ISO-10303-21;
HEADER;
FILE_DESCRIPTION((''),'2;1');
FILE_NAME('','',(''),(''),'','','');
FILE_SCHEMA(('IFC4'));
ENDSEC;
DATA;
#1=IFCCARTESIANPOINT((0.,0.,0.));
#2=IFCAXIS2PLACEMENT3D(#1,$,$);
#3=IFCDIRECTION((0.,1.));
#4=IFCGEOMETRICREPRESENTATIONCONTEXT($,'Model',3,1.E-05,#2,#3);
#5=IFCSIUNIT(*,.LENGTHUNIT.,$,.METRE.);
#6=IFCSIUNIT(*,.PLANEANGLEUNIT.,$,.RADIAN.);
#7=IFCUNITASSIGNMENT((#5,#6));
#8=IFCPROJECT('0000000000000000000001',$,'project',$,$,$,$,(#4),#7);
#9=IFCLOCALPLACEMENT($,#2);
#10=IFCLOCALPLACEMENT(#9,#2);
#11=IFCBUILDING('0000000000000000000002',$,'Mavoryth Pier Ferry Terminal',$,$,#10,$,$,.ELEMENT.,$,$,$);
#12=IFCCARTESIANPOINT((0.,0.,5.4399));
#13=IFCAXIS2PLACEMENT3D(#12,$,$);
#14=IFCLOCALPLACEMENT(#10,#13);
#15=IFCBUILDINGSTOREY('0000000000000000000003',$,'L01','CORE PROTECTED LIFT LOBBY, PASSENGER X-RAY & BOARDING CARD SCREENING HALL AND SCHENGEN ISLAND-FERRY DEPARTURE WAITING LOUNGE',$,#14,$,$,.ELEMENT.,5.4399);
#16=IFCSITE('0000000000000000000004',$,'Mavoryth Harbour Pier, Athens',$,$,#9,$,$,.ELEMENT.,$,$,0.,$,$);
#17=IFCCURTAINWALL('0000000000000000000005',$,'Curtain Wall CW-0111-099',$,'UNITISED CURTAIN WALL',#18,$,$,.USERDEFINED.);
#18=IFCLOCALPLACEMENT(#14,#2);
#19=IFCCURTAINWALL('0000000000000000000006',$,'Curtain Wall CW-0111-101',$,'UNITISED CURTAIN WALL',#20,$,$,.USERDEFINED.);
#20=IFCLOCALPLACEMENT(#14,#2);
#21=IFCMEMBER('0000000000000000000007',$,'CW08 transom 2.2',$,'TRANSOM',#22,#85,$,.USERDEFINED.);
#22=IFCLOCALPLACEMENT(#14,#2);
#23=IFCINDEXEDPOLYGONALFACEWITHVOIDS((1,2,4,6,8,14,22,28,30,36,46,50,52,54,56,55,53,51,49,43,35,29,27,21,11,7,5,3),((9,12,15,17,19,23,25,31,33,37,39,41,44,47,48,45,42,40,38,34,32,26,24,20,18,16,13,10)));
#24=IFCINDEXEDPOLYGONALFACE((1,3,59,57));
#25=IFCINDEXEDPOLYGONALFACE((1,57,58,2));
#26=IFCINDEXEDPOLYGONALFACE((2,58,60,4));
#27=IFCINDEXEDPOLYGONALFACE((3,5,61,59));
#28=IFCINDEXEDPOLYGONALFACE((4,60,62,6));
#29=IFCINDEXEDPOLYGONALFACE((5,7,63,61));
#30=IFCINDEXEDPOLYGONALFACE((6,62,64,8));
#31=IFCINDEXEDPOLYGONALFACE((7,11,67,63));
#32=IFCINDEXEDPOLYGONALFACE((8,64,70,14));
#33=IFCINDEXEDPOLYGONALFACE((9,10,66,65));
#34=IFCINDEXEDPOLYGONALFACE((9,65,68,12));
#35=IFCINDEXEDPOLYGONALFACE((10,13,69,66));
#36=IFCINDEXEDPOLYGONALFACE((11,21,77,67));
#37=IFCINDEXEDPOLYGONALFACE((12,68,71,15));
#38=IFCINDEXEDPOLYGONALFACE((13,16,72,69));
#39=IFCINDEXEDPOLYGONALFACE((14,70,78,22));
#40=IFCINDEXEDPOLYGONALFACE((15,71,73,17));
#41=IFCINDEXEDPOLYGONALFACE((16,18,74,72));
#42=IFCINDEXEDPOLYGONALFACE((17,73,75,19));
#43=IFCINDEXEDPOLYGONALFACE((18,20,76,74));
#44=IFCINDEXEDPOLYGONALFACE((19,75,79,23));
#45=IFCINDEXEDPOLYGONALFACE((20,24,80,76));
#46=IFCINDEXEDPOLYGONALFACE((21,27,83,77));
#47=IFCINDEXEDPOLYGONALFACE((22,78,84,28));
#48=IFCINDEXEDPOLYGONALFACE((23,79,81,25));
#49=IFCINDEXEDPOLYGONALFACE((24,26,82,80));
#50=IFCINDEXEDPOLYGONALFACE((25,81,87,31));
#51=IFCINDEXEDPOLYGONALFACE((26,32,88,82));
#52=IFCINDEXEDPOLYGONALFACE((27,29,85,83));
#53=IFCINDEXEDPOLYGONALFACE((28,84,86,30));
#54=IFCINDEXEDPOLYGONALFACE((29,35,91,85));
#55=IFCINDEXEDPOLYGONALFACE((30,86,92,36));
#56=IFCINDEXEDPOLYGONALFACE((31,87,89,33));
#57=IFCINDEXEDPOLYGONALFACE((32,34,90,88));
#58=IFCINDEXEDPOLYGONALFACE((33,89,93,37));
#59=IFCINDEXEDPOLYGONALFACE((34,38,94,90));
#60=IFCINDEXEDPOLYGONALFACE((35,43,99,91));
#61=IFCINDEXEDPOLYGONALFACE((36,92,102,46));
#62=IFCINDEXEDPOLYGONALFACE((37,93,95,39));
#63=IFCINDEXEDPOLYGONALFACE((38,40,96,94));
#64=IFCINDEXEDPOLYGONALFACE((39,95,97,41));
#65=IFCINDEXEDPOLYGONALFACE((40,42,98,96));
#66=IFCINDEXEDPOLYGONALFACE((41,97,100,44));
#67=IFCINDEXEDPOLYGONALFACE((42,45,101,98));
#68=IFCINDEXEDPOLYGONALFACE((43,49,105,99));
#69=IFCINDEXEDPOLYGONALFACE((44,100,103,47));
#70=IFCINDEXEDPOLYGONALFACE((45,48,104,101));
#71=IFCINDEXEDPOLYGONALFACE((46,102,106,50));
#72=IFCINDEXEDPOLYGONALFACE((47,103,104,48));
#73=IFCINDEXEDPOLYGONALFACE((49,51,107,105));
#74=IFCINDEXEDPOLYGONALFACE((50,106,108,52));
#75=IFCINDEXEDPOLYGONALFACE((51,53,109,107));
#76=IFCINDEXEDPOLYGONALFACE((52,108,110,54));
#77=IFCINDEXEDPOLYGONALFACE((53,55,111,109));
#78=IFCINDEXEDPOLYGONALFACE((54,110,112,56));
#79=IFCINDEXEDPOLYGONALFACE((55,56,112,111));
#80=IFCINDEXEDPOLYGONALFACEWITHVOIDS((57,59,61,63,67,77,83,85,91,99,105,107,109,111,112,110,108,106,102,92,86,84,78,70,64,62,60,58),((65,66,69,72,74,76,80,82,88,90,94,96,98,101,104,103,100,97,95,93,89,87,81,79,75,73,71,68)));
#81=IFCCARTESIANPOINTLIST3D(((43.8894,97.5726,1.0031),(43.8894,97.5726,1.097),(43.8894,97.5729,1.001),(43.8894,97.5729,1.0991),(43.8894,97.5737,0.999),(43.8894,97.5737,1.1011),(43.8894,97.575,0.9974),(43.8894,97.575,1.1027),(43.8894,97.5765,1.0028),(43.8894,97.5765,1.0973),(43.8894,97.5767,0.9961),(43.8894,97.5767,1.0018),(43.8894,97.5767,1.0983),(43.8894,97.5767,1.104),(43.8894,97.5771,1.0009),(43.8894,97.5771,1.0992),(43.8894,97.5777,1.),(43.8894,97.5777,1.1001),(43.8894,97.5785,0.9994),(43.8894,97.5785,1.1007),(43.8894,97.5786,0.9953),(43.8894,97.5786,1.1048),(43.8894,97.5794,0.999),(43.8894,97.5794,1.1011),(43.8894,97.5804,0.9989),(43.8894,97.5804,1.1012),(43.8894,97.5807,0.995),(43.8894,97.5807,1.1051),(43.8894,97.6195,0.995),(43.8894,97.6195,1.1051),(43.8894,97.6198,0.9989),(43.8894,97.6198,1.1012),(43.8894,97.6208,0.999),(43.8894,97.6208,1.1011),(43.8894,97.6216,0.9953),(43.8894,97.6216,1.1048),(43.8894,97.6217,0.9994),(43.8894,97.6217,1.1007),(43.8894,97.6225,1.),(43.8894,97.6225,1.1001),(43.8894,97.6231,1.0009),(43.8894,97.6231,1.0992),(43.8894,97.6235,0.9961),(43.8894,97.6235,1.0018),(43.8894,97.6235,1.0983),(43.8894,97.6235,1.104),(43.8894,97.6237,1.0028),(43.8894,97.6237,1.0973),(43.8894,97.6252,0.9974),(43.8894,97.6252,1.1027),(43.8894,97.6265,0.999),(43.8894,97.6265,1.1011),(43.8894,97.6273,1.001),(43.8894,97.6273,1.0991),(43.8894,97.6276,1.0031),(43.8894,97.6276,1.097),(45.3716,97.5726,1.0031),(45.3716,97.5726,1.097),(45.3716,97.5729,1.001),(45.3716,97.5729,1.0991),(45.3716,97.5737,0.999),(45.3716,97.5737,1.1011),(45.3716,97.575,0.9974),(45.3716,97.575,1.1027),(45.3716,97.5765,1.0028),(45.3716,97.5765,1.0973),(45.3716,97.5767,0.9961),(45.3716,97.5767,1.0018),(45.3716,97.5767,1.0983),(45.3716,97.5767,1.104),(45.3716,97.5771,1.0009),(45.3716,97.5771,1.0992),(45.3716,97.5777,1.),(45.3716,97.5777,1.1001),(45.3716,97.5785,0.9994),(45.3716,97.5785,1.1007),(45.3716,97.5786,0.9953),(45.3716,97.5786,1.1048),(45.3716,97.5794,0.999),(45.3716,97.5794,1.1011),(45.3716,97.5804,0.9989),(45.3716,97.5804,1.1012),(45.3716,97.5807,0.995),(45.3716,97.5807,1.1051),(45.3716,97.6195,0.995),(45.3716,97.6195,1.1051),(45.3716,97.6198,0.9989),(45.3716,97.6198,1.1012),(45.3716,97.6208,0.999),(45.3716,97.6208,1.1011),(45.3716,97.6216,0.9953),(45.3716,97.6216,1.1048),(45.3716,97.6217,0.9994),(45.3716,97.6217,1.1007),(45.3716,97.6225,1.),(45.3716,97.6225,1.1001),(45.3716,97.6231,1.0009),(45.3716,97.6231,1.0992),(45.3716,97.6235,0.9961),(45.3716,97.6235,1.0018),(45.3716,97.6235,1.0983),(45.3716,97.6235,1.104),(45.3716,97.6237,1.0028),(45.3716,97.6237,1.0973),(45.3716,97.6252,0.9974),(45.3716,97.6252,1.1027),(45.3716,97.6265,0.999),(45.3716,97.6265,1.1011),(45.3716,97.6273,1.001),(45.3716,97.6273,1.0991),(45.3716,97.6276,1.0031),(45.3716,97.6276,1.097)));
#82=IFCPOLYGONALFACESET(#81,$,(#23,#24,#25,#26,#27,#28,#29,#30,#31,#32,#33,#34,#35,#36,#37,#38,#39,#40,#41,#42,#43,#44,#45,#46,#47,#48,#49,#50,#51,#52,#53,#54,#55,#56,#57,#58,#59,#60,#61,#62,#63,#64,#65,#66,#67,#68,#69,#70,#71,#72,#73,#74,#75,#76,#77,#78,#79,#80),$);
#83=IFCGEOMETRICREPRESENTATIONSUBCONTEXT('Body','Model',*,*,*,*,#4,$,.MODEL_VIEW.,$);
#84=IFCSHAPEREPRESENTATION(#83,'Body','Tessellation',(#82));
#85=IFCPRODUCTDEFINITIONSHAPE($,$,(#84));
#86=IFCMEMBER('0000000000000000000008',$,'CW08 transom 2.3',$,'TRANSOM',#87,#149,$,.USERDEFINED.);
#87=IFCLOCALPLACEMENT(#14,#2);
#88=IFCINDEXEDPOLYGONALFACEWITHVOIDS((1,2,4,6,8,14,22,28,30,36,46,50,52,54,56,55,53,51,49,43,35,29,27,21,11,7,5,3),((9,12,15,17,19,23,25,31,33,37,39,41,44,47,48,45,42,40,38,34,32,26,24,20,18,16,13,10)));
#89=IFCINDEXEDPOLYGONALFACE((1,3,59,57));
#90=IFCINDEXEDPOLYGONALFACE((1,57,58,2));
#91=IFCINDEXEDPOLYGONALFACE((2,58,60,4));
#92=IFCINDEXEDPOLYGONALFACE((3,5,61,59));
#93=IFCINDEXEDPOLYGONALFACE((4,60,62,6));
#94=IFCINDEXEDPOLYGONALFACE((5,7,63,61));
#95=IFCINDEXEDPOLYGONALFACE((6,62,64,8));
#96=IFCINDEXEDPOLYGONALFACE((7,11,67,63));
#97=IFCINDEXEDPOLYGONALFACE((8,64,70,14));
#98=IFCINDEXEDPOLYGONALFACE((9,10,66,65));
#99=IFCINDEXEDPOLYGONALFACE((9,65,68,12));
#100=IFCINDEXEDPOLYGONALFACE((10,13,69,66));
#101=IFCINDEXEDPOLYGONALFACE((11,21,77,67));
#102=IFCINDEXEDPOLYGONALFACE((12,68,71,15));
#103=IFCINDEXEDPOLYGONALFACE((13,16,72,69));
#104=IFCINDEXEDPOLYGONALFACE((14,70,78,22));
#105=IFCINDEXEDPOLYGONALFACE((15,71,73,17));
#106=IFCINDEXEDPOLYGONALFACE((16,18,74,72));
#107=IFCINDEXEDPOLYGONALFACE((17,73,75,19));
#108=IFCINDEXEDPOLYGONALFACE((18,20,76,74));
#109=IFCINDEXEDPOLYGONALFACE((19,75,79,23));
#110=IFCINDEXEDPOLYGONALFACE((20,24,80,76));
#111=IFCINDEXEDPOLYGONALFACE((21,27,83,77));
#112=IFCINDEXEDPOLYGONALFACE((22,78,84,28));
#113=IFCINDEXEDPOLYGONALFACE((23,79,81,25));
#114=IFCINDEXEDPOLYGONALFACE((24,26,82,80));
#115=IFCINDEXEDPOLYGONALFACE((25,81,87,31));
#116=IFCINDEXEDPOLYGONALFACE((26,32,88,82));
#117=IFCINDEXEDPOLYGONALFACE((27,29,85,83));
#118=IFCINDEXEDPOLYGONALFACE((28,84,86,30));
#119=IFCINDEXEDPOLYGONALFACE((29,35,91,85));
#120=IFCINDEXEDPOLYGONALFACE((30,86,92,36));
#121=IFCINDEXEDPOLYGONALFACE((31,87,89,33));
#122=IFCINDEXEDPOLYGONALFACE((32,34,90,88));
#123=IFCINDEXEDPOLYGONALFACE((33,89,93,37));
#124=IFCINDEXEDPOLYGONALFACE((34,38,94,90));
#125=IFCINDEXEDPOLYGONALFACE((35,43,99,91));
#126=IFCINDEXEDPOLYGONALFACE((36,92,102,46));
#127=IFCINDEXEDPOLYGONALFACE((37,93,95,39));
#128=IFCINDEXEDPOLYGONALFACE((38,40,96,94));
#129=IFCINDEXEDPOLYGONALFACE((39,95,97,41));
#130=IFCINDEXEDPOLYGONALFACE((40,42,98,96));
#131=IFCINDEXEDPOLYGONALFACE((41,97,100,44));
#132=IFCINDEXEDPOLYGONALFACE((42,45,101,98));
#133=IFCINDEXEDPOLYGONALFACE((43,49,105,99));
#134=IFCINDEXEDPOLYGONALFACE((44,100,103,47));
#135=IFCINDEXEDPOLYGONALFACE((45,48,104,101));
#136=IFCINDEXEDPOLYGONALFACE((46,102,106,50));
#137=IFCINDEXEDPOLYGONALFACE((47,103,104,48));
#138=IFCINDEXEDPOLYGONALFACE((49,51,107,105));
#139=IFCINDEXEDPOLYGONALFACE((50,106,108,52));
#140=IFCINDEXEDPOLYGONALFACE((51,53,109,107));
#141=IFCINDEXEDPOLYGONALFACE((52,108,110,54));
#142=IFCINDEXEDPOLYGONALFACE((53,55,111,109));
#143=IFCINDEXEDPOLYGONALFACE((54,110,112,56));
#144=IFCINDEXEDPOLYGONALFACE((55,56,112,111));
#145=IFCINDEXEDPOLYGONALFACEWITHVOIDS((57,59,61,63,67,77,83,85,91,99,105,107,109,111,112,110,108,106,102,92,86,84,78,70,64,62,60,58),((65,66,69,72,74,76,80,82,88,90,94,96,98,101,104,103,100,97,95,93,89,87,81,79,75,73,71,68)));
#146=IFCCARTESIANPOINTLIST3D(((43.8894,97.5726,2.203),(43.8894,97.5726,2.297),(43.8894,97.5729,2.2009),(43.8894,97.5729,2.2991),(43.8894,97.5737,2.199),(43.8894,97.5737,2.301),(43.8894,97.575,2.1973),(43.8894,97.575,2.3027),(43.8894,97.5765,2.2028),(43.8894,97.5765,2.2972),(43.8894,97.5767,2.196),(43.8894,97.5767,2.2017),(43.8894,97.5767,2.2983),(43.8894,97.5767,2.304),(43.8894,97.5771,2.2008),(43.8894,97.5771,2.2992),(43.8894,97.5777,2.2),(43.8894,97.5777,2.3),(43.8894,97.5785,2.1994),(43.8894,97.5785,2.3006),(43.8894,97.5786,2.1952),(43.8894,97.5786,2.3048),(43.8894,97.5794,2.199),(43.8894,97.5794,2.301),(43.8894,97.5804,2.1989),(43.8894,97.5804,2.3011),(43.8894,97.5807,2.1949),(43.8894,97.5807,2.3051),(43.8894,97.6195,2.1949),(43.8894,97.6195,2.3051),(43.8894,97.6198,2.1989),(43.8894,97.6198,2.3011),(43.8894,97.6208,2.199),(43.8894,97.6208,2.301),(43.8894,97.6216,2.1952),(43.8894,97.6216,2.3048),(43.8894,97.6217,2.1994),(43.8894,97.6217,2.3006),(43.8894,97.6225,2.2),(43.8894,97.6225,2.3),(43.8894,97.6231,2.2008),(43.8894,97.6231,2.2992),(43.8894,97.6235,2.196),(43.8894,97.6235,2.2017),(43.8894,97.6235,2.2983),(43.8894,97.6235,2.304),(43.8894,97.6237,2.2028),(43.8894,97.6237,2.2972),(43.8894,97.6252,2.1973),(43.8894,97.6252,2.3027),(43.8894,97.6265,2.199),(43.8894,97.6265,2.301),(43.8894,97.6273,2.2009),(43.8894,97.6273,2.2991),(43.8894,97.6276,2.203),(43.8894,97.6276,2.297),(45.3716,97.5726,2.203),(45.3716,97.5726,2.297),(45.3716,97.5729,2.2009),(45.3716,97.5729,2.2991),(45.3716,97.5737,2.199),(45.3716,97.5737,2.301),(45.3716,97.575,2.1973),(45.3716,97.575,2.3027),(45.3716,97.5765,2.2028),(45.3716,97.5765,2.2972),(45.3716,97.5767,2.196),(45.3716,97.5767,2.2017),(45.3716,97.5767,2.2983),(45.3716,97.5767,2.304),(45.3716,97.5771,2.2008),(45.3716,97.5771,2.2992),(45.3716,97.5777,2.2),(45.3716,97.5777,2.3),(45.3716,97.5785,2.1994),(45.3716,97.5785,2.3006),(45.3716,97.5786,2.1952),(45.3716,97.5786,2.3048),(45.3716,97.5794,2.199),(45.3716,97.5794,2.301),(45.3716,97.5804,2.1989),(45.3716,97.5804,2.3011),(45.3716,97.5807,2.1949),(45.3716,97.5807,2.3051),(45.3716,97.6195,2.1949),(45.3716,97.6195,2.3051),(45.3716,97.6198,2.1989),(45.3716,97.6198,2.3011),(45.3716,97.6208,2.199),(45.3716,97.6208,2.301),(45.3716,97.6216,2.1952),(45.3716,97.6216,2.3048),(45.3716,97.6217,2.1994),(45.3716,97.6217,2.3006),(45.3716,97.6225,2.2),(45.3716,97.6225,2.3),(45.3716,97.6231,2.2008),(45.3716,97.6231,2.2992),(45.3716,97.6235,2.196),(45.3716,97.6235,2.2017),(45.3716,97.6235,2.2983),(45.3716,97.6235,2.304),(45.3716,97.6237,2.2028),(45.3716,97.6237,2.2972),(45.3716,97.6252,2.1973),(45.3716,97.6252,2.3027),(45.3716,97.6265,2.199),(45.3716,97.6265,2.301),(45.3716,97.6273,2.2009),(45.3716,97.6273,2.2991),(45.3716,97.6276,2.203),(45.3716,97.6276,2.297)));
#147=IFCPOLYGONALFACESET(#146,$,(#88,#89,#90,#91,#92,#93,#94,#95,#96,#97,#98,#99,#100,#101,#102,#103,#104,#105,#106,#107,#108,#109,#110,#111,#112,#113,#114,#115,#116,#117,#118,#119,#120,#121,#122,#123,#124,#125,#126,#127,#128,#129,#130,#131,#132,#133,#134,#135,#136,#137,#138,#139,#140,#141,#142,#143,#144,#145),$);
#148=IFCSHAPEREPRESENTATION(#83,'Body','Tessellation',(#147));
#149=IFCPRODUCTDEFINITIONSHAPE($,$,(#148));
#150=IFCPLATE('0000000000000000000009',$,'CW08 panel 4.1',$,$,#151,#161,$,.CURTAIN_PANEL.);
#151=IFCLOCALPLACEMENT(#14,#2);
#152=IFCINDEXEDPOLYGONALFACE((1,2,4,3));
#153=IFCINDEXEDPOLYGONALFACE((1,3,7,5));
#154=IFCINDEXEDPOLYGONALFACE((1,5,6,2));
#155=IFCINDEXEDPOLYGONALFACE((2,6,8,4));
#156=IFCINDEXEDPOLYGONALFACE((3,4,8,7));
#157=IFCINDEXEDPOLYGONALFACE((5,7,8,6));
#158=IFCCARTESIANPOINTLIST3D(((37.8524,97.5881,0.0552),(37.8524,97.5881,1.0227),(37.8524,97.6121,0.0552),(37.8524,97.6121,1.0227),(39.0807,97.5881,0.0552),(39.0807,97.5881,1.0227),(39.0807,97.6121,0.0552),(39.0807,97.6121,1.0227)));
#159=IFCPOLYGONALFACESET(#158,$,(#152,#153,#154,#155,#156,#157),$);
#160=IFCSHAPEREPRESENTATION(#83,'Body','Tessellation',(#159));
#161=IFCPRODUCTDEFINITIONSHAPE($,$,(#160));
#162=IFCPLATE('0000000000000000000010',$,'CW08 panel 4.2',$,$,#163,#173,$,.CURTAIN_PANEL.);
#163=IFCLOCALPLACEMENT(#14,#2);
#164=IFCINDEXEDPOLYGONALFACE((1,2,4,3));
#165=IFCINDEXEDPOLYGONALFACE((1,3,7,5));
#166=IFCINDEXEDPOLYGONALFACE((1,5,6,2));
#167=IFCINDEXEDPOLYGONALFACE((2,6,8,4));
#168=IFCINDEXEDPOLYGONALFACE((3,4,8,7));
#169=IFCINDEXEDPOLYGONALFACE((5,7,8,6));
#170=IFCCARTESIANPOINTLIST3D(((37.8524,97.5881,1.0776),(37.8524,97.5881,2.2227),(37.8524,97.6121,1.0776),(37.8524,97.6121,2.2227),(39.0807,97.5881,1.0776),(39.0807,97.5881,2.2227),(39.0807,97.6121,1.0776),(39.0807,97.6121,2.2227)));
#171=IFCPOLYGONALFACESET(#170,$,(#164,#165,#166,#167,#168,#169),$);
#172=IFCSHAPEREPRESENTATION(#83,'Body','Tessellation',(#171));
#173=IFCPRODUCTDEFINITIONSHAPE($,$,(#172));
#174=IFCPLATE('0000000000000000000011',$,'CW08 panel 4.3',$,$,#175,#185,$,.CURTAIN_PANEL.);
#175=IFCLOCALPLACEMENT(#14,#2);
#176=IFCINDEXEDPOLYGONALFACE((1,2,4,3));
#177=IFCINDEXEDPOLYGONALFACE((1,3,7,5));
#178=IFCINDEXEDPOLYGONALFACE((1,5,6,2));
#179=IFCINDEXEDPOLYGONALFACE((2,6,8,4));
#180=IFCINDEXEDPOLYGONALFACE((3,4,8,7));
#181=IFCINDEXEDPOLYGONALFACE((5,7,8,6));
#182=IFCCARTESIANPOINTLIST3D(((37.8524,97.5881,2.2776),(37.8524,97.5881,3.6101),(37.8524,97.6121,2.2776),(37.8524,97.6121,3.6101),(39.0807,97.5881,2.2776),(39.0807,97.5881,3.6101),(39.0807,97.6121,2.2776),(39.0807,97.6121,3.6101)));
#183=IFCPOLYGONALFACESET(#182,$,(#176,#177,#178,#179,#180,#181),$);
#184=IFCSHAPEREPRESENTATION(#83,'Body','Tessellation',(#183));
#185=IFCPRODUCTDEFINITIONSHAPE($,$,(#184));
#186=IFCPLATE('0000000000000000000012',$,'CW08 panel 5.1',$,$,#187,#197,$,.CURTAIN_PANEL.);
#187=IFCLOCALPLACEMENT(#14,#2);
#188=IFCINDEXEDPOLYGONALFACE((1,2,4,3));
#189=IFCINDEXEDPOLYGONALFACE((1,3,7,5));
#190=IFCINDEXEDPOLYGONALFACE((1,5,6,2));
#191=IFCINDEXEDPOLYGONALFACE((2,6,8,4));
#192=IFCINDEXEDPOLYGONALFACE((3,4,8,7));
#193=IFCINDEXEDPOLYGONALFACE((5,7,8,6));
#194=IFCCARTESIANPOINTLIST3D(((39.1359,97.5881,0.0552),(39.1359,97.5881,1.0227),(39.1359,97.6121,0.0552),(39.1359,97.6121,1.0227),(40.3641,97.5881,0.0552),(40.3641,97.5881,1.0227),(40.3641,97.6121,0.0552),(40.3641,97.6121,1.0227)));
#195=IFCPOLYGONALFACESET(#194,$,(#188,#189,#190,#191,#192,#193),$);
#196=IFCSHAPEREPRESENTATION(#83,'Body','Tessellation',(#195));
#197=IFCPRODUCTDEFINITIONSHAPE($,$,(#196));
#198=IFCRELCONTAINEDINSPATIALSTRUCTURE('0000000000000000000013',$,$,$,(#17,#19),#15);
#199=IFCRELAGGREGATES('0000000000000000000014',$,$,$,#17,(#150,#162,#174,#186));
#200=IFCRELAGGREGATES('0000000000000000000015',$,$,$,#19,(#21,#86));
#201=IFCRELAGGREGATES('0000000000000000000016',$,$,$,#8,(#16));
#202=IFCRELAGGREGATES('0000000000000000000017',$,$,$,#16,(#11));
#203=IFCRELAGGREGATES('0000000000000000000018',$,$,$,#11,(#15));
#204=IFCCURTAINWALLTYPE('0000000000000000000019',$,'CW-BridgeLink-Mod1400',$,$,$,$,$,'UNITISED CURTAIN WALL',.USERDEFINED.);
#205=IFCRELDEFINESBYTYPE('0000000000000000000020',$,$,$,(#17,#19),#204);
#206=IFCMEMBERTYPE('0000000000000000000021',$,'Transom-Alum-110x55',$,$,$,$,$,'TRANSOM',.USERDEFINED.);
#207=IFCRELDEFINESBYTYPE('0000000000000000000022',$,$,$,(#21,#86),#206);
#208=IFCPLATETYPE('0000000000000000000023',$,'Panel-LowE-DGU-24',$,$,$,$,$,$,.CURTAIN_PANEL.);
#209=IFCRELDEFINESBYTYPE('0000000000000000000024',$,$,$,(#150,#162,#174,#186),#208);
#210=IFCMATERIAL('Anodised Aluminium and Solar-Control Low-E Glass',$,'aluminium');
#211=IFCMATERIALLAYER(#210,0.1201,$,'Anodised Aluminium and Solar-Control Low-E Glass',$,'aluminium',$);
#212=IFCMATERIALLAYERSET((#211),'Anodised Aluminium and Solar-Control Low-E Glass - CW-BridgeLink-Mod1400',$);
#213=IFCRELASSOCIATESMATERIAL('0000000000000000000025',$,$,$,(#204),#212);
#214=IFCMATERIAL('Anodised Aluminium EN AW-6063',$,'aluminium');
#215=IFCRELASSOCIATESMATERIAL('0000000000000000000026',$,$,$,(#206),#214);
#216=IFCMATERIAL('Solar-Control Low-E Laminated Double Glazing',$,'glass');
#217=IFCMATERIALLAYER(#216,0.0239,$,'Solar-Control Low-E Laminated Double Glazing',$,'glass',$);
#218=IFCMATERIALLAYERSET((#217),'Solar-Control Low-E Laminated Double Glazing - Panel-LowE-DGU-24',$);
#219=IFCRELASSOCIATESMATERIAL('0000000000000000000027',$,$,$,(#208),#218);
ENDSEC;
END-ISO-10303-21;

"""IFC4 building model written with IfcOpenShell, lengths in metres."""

from ifc_helpers import new_model, si_unit, direction, frame, origin, origin_2d, place, context, subcontext, project, spatial, rectangle, hollow_rectangle, extrude, material, layer, layer_set, material_profile, profile_set, type_object, element, aggregate, save


model = new_model("IFC4")

# Units and contexts
model_context = context("Model", 3, precision=1e-05, world=origin(), true_north=direction((0.0, 1.0)))
body_context = subcontext(model_context, "Body", "Model", "MODEL_VIEW")
ifc_project = project(units=[si_unit("LENGTHUNIT", "METRE"), si_unit("PLANEANGLEUNIT", "RADIAN")], contexts=[model_context])

# Site, building, storey
site_placement = place(None, origin())
site = spatial("IfcSite", under=ifc_project, at=site_placement, Name="Mavoryth Harbour Pier, Athens", CompositionType="ELEMENT", RefElevation=0.0)
building_placement = place(site_placement, origin())
building = spatial("IfcBuilding", under=site, at=building_placement, Name="Mavoryth Pier Ferry Terminal", CompositionType="ELEMENT")
storey_placement = place(building_placement, frame((0.0, 0.0, 5.4399)))
storey = spatial("IfcBuildingStorey", under=building, at=storey_placement, Name="L01", Description="CORE PROTECTED LIFT LOBBY, PASSENGER X-RAY & BOARDING CARD SCREENING HALL AND SCHENGEN ISLAND-FERRY DEPARTURE WAITING LOUNGE", CompositionType="ELEMENT", Elevation=5.4399)

# Curtain walls
ifc_material_1 = material(Name="Anodised Aluminium and Solar-Control Low-E Glass", Category="aluminium")
ifc_layer_1 = layer(ifc_material_1, 0.1201, Name="Anodised Aluminium and Solar-Control Low-E Glass", Category="aluminium")
ifc_layer_set_1 = layer_set([ifc_layer_1], Name="Anodised Aluminium and Solar-Control Low-E Glass - CW-BridgeLink-Mod1400")
curtain_wall_type = type_object("IfcCurtainWallType", Name="CW-BridgeLink-Mod1400", ElementType="UNITISED CURTAIN WALL", PredefinedType="USERDEFINED", material=ifc_layer_set_1)
curtain_wall_1_placement = place(storey_placement, origin())
curtain_wall_1 = element("IfcCurtainWall", 1, at=curtain_wall_1_placement, inside=storey, type_object=curtain_wall_type, Name="Curtain Wall CW-0111-099", ObjectType="UNITISED CURTAIN WALL", PredefinedType="USERDEFINED")
ifc_material_2 = material(Name="Anodised Aluminium EN AW-6063", Category="aluminium")
curtain_wall_2_placement = place(storey_placement, origin())
curtain_wall_2 = element("IfcCurtainWall", 2, at=curtain_wall_2_placement, inside=storey, type_object=curtain_wall_type, Name="Curtain Wall CW-0111-101", ObjectType="UNITISED CURTAIN WALL", PredefinedType="USERDEFINED")

# Members
ifc_material_profile_1 = material_profile(ifc_material_2, hollow_rectangle(XDim=0.0549, YDim=0.1101, WallThickness=0.0039, InnerFilletRadius=0.0039, OuterFilletRadius=0.0081, at=origin_2d()), Name="AL-TRAN 110x55x4", Category="aluminium")
ifc_profile_set_1 = profile_set([ifc_material_profile_1], Name="Anodised Aluminium EN AW-6063 - AL-TRAN 110x55x4")
member_type_1 = type_object("IfcMemberType", Name="Transom-Alum-110x55", ElementType="TRANSOM", PredefinedType="USERDEFINED", material=ifc_profile_set_1)
member_1_placement = place(storey_placement, frame((43.8894, 97.6001, 1.05), z_axis=(1.0, 0.0, 0.0), x_axis=(0.0, 1.0, 0.0)))
member_1 = element("IfcMember", 3, at=member_1_placement, type_object=member_type_1, Name="CW08 transom 2.2", ObjectType="TRANSOM", PredefinedType="USERDEFINED", context=body_context, shape_type="SweptSolid", body=[
    extrude(hollow_rectangle(XDim=0.0549, YDim=0.1101, WallThickness=0.0039, InnerFilletRadius=0.0039, OuterFilletRadius=0.0081, at=origin_2d()), origin(), (0.0, 0.0, 1.0), 1.4822),
])
member_2_placement = place(storey_placement, frame((43.8894, 97.6001, 2.25), z_axis=(1.0, 0.0, 0.0), x_axis=(0.0, 1.0, 0.0)))
member_2 = element("IfcMember", 4, at=member_2_placement, type_object=member_type_1, Name="CW08 transom 2.3", ObjectType="TRANSOM", PredefinedType="USERDEFINED", context=body_context, shape_type="SweptSolid", body=[
    extrude(hollow_rectangle(XDim=0.0549, YDim=0.1101, WallThickness=0.0039, InnerFilletRadius=0.0039, OuterFilletRadius=0.0081, at=origin_2d()), origin(), (0.0, 0.0, 1.0), 1.4822),
])

# Plates
ifc_material_3 = material(Name="Solar-Control Low-E Laminated Double Glazing", Category="glass")
ifc_layer_2 = layer(ifc_material_3, 0.0239, Name="Solar-Control Low-E Laminated Double Glazing", Category="glass")
ifc_layer_set_2 = layer_set([ifc_layer_2], Name="Solar-Control Low-E Laminated Double Glazing - Panel-LowE-DGU-24")
plate_type = type_object("IfcPlateType", Name="Panel-LowE-DGU-24", PredefinedType="CURTAIN_PANEL", material=ifc_layer_set_2)
plate_1_placement = place(storey_placement, frame((38.4666, 97.6001, 0.0552), z_axis=(0.0, 0.0, 1.0), x_axis=(1.0, 0.0, 0.0)))
plate_1 = element("IfcPlate", 5, at=plate_1_placement, type_object=plate_type, Name="CW08 panel 4.1", PredefinedType="CURTAIN_PANEL", context=body_context, shape_type="SweptSolid", body=[
    extrude(rectangle(XDim=1.2283, YDim=0.0239, at=origin_2d()), origin(), (0.0, 0.0, 1.0), 0.9675),
])
plate_2_placement = place(storey_placement, frame((38.4666, 97.6001, 1.0776), z_axis=(0.0, 0.0, 1.0), x_axis=(1.0, 0.0, 0.0)))
plate_2 = element("IfcPlate", 6, at=plate_2_placement, type_object=plate_type, Name="CW08 panel 4.2", PredefinedType="CURTAIN_PANEL", context=body_context, shape_type="SweptSolid", body=[
    extrude(rectangle(XDim=1.2283, YDim=0.0239, at=origin_2d()), origin(), (0.0, 0.0, 1.0), 1.145),
])
plate_3_placement = place(storey_placement, frame((38.4666, 97.6001, 2.2776), z_axis=(0.0, 0.0, 1.0), x_axis=(1.0, 0.0, 0.0)))
plate_3 = element("IfcPlate", 7, at=plate_3_placement, type_object=plate_type, Name="CW08 panel 4.3", PredefinedType="CURTAIN_PANEL", context=body_context, shape_type="SweptSolid", body=[
    extrude(rectangle(XDim=1.2283, YDim=0.0239, at=origin_2d()), origin(), (0.0, 0.0, 1.0), 1.3325),
])
plate_4_placement = place(storey_placement, frame((39.75, 97.6001, 0.0552), z_axis=(0.0, 0.0, 1.0), x_axis=(1.0, 0.0, 0.0)))
plate_4 = element("IfcPlate", 8, at=plate_4_placement, type_object=plate_type, Name="CW08 panel 5.1", PredefinedType="CURTAIN_PANEL", context=body_context, shape_type="SweptSolid", body=[
    extrude(rectangle(XDim=1.2283, YDim=0.0239, at=origin_2d()), origin(), (0.0, 0.0, 1.0), 0.9675),
])
aggregate(curtain_wall_1, [plate_1, plate_2, plate_3, plate_4])
aggregate(curtain_wall_2, [member_1, member_2])

save(model, "model.ifc")
